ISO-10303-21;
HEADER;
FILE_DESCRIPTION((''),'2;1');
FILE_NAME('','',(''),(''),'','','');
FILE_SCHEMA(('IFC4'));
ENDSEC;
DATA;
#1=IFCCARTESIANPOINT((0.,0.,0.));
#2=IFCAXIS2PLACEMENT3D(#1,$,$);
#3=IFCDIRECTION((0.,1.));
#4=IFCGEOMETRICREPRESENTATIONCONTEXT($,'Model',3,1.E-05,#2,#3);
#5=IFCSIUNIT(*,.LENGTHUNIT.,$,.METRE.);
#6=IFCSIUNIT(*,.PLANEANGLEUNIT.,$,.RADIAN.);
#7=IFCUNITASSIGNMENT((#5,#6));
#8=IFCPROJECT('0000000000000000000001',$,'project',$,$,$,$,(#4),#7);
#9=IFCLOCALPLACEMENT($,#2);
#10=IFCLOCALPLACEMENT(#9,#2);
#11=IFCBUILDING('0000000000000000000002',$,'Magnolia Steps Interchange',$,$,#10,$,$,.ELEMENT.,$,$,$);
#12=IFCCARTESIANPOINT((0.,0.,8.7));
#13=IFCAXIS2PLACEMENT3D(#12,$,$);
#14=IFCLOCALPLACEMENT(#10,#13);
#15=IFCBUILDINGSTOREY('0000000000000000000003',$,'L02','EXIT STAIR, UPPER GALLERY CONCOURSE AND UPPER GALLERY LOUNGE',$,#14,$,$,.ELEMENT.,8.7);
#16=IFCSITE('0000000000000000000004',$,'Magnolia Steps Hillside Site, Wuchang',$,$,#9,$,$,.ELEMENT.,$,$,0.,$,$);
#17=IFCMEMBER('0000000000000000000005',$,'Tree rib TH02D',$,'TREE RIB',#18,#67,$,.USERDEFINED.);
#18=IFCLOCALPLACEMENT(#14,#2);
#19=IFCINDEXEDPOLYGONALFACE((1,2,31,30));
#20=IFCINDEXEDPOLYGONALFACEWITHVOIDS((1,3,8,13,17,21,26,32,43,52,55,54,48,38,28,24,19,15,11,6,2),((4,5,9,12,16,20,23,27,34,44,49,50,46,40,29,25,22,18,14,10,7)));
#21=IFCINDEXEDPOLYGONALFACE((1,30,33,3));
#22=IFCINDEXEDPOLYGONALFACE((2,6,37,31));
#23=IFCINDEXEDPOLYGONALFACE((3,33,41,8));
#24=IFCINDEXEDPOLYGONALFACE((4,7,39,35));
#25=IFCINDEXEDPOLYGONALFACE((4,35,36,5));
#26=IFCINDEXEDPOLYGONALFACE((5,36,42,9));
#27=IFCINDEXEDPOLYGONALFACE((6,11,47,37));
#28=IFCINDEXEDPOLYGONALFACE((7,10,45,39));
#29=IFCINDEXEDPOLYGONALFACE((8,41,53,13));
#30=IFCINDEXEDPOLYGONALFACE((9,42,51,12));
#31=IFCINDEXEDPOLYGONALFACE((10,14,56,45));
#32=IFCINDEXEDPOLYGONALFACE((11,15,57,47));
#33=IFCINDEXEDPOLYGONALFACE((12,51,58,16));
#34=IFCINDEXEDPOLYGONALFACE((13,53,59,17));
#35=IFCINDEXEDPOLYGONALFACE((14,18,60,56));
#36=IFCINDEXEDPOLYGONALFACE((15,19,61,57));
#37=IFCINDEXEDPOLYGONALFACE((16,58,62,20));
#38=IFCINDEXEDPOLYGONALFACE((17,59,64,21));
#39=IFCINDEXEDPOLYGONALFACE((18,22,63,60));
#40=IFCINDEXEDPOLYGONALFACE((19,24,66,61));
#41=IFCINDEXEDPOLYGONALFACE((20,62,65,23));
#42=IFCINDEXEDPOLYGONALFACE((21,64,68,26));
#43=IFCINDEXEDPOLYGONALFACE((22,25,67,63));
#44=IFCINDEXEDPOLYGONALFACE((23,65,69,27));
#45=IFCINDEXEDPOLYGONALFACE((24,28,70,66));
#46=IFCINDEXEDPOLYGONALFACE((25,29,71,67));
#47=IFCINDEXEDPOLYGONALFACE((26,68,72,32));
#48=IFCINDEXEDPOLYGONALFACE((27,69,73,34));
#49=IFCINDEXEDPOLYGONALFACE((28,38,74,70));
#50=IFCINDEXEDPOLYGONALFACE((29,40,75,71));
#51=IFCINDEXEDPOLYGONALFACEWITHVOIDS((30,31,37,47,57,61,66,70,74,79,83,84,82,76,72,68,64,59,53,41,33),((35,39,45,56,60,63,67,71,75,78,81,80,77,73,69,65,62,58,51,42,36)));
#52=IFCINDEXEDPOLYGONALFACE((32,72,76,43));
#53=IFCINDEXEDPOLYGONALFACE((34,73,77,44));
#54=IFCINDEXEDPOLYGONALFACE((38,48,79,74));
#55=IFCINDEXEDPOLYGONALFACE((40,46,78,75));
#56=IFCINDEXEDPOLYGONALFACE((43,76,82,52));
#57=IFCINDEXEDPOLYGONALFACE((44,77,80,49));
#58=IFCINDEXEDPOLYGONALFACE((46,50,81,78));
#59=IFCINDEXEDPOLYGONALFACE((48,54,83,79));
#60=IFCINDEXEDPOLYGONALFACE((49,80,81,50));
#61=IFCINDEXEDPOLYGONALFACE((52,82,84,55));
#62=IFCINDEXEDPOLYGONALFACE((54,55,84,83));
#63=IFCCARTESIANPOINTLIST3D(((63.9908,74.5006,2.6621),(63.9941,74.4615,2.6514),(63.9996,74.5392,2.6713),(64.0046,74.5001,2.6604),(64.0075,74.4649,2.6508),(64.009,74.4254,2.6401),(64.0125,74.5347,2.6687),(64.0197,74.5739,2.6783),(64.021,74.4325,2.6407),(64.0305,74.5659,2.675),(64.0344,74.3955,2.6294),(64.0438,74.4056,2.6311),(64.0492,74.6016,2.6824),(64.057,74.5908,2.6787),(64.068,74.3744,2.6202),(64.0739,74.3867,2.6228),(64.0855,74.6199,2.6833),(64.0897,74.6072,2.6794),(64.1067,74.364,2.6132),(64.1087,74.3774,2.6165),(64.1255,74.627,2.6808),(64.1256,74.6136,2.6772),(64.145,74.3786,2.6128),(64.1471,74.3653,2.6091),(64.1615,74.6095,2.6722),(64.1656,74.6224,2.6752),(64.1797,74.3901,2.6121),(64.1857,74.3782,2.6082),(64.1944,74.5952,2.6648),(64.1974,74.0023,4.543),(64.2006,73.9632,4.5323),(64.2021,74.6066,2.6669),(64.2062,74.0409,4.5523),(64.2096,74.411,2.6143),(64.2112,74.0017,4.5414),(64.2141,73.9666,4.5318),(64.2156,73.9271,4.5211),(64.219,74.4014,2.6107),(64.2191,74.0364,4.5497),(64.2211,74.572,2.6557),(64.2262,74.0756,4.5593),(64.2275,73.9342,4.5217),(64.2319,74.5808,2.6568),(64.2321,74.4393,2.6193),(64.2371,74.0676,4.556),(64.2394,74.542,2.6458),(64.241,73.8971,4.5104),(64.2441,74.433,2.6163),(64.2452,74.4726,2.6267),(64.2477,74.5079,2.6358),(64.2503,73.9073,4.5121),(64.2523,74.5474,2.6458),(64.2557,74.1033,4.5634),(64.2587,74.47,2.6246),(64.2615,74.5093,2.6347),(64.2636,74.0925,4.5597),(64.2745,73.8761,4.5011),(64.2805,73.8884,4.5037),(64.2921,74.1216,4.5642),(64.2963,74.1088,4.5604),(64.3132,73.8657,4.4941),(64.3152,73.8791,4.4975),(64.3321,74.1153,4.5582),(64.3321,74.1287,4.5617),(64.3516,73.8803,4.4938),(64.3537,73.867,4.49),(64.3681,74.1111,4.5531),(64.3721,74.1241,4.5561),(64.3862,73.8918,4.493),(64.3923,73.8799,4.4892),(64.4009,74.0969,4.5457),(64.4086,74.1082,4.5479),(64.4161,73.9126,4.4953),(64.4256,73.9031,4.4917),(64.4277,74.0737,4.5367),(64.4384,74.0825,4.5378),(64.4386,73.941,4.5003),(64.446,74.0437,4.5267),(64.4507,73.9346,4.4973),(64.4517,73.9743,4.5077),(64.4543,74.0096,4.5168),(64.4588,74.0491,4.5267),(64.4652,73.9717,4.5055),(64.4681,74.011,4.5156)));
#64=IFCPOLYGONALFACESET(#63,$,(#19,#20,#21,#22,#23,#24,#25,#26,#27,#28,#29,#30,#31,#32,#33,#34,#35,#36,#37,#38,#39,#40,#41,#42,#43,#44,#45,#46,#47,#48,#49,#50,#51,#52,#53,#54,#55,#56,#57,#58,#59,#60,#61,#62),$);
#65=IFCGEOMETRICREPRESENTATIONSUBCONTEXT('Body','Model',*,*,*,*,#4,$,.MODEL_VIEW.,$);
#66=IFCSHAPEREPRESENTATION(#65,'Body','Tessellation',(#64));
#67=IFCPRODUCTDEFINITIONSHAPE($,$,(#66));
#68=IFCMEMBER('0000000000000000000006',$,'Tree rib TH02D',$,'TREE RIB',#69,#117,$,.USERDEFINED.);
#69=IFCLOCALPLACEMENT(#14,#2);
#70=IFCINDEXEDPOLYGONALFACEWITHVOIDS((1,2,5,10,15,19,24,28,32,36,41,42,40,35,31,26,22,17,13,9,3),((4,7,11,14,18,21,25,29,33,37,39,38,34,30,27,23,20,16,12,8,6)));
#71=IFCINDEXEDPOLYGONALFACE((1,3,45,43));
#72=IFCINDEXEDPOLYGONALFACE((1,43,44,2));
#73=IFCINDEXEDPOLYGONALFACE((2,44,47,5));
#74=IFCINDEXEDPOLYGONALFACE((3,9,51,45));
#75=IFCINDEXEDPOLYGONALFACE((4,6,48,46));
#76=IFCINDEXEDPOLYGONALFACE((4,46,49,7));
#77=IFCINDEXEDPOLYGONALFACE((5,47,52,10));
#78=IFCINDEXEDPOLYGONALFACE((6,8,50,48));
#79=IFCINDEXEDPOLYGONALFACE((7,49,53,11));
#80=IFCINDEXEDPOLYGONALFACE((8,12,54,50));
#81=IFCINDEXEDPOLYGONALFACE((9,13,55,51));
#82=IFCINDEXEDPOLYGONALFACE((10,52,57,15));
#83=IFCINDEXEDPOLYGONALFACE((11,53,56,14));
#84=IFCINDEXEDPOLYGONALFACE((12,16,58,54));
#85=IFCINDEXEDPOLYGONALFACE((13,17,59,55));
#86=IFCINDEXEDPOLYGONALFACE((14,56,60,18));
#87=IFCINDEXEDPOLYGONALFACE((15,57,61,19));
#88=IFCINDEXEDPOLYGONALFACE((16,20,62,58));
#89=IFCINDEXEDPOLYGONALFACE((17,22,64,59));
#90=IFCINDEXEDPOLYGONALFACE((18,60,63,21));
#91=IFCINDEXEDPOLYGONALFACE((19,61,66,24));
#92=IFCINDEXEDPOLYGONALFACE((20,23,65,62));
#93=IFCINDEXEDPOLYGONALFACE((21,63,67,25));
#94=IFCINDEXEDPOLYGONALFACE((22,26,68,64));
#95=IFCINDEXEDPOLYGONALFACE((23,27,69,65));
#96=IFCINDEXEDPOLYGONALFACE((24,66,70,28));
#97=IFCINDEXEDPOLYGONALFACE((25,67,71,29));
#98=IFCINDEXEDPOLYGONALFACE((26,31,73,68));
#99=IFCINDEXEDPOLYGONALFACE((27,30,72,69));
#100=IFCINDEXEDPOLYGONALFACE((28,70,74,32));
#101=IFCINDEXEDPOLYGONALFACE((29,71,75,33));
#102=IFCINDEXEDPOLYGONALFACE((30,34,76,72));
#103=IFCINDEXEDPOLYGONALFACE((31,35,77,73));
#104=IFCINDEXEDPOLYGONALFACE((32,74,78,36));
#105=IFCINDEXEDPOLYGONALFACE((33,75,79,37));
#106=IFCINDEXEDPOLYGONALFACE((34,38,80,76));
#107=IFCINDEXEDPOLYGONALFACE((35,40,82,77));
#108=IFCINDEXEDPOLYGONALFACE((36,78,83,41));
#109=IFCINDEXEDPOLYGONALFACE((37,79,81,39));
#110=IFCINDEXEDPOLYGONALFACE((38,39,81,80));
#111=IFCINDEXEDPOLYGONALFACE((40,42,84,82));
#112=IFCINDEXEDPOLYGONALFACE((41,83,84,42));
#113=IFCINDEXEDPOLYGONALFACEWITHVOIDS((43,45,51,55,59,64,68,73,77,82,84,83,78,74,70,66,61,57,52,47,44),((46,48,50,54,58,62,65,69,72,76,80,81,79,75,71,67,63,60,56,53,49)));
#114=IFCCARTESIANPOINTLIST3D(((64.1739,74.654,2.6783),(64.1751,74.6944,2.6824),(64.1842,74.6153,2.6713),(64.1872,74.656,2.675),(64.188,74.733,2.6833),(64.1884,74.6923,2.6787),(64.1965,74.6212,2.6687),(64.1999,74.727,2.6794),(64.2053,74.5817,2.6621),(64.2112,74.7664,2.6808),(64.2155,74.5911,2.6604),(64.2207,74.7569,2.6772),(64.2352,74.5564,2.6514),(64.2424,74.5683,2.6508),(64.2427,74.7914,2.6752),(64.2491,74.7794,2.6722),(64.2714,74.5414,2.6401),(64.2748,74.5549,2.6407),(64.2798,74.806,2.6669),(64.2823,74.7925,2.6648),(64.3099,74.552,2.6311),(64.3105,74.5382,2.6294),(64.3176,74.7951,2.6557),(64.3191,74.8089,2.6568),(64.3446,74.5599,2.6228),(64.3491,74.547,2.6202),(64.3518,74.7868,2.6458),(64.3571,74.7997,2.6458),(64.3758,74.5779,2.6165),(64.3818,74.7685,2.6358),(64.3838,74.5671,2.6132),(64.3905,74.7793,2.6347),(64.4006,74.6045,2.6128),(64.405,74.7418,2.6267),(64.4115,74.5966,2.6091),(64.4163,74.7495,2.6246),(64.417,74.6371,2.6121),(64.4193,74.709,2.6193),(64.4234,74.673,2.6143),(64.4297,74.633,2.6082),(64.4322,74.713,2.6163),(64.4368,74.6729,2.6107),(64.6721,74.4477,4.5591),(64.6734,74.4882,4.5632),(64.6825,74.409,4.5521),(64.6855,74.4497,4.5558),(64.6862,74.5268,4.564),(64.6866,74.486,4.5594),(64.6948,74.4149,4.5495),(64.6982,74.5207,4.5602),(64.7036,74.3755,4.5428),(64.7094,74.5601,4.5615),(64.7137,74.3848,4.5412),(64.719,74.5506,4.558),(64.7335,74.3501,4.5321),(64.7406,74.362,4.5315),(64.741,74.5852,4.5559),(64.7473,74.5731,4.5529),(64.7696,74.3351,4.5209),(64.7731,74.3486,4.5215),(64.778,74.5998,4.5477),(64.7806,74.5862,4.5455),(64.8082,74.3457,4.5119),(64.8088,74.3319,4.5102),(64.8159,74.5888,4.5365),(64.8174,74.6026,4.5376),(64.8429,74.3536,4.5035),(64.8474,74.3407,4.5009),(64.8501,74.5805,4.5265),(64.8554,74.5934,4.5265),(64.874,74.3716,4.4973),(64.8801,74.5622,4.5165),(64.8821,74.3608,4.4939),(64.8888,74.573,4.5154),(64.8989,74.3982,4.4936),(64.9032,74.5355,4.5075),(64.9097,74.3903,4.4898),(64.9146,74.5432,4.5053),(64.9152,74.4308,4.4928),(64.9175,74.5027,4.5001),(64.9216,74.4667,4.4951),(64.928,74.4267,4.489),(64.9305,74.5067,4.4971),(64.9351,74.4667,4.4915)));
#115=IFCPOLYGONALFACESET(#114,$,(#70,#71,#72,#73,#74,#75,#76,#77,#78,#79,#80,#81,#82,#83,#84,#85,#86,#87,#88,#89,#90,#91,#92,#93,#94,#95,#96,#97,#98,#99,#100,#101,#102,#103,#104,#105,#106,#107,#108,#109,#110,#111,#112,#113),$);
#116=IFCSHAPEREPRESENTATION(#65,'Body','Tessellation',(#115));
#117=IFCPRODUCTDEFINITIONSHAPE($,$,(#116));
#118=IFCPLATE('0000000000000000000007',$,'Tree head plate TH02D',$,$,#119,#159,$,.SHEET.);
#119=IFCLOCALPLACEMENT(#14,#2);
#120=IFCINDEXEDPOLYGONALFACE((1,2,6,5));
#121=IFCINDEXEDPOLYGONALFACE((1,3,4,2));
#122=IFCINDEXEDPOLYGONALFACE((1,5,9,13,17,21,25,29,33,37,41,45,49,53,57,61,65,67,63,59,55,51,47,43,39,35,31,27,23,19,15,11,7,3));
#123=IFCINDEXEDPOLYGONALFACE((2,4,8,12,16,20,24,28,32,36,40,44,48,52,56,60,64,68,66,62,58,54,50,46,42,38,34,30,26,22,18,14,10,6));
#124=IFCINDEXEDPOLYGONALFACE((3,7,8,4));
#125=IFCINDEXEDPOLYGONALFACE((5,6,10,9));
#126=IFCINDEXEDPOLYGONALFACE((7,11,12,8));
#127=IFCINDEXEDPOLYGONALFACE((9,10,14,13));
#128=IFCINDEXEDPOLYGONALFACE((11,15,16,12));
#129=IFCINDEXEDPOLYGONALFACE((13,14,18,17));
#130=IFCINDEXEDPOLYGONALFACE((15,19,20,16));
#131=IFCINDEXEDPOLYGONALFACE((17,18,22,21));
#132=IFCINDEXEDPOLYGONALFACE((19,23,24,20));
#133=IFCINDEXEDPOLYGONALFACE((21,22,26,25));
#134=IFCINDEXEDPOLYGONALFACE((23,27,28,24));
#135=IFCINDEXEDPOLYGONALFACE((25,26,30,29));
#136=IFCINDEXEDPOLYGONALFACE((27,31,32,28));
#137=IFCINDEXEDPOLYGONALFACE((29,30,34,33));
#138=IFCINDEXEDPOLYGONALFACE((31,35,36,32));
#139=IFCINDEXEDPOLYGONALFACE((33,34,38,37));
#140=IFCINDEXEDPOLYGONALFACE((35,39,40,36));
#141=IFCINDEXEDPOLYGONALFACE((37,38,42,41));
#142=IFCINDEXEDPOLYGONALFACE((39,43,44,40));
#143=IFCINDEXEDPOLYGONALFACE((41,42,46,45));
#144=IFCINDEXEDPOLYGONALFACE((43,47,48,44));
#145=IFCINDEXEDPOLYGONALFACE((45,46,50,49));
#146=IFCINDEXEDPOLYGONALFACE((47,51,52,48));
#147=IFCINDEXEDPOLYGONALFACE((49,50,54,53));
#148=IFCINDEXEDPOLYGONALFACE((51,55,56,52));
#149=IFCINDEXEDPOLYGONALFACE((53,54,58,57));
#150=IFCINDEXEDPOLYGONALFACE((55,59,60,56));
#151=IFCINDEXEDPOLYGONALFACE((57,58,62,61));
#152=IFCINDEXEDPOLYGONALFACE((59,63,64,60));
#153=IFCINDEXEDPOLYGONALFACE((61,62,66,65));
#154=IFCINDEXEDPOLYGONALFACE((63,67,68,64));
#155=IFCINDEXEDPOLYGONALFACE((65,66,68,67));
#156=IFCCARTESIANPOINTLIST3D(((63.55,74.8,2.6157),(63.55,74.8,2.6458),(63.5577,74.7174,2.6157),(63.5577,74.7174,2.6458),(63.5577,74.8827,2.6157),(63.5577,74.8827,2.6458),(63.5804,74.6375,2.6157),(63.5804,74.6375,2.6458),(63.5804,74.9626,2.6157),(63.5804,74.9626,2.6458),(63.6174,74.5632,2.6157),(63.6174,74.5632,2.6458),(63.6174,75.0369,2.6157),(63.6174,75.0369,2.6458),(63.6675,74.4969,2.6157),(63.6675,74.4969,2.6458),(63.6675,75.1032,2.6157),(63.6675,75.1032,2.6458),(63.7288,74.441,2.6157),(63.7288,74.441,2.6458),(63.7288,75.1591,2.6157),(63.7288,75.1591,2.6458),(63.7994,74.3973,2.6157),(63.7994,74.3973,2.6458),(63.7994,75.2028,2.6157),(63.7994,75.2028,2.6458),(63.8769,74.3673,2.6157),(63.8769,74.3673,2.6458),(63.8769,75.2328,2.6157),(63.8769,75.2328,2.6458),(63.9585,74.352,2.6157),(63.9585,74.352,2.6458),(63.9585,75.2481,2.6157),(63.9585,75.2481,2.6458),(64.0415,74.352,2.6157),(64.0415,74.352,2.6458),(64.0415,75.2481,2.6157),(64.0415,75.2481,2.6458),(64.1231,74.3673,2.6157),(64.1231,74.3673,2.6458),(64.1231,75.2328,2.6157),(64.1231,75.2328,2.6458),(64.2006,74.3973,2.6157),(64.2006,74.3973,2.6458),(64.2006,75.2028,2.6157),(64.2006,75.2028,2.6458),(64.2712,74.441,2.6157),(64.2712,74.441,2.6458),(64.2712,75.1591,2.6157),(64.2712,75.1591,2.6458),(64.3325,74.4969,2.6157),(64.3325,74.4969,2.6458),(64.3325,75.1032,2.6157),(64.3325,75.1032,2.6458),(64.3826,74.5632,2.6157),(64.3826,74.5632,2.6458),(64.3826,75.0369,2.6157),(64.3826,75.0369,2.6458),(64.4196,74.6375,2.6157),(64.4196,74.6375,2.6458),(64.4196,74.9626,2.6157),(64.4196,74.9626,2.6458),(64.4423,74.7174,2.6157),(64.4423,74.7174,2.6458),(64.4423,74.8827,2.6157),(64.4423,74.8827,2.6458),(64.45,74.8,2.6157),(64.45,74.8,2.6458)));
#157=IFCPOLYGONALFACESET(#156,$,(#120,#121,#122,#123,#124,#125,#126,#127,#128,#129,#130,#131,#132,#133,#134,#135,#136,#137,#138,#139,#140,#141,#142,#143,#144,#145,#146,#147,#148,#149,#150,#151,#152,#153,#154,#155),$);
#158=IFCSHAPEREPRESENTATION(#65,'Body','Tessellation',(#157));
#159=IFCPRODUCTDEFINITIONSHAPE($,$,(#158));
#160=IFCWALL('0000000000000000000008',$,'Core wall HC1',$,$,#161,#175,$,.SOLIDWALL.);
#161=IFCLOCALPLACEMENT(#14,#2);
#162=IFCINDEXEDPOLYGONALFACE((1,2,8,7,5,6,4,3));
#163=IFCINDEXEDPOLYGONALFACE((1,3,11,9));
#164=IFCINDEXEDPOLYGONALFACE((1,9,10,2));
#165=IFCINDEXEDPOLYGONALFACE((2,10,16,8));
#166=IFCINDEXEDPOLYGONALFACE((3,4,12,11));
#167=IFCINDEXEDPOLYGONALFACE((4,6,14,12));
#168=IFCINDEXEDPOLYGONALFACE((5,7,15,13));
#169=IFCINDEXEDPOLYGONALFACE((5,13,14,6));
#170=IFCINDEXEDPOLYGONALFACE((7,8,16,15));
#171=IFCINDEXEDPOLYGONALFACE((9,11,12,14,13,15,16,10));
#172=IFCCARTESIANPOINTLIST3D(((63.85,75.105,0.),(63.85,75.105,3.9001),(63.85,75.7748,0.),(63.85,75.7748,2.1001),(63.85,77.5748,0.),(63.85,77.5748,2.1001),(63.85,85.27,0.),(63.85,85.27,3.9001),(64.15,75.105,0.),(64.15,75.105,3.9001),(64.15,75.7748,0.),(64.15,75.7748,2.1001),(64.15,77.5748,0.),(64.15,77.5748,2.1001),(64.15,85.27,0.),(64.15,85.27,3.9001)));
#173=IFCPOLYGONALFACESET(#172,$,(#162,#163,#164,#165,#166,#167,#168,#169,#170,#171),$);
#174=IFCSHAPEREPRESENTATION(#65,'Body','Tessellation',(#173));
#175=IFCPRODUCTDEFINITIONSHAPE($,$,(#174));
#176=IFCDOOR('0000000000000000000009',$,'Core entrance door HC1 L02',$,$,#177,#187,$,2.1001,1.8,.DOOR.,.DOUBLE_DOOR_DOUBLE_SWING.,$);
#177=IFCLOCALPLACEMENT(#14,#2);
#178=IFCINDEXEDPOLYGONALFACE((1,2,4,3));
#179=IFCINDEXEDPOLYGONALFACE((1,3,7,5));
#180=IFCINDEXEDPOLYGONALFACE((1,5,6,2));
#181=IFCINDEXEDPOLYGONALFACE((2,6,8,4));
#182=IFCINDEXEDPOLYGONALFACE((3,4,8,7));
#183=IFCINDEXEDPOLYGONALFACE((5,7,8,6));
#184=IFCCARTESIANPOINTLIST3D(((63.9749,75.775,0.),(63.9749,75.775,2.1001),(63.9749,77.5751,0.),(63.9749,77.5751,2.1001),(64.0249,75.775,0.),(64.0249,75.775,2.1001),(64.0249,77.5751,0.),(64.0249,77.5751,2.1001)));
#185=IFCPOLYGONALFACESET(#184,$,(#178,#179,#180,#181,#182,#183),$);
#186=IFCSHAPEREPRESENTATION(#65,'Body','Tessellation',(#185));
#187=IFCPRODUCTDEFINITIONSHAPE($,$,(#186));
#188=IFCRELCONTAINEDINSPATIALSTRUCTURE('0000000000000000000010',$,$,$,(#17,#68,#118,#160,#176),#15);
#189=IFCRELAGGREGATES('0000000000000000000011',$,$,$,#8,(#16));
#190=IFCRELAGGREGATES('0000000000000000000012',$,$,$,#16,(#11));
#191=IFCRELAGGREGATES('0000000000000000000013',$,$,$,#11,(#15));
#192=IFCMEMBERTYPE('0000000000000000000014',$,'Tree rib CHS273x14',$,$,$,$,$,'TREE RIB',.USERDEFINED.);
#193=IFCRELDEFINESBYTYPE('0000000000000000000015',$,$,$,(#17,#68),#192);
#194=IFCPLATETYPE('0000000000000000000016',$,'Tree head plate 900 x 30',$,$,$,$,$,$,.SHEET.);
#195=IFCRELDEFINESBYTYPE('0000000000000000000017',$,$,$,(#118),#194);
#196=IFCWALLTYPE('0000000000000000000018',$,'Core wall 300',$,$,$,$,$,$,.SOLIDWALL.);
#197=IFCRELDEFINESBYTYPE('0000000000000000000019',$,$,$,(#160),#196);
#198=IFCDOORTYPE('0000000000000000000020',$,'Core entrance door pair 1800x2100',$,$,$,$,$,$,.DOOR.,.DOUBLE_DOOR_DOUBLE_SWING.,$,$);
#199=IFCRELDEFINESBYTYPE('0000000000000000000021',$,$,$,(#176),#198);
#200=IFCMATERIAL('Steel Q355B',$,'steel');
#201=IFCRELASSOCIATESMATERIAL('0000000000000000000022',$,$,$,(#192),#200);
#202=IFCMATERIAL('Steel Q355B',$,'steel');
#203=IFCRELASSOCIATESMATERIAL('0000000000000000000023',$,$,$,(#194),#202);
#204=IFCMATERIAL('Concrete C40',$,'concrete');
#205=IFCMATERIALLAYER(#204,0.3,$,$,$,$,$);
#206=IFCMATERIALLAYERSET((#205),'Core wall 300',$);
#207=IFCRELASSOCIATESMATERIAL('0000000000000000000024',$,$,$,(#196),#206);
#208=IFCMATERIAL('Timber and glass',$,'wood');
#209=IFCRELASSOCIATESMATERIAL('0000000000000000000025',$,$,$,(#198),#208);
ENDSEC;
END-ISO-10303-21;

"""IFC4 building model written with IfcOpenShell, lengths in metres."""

from ifc_helpers import new_model, si_unit, direction, frame, frame_2d, origin, origin_2d, place, context, subcontext, project, spatial, rectangle, circle, hollow_circle, extrude, material, layer, layer_set, material_profile, profile_set, type_object, element, fill, save


model = new_model("IFC4")

# Units and contexts
model_context = context("Model", 3, precision=1e-05, world=origin(), true_north=direction((0.0, 1.0)))
body_context = subcontext(model_context, "Body", "Model", "MODEL_VIEW")
ifc_project = project(units=[si_unit("LENGTHUNIT", "METRE"), si_unit("PLANEANGLEUNIT", "RADIAN")], contexts=[model_context])

# Site, building, storey
site_placement = place(None, origin())
site = spatial("IfcSite", under=ifc_project, at=site_placement, Name="Magnolia Steps Hillside Site, Wuchang", CompositionType="ELEMENT", RefElevation=0.0)
building_placement = place(site_placement, origin())
building = spatial("IfcBuilding", under=site, at=building_placement, Name="Magnolia Steps Interchange", CompositionType="ELEMENT")
storey_placement = place(building_placement, frame((0.0, 0.0, 8.7)))
storey = spatial("IfcBuildingStorey", under=building, at=storey_placement, Name="L02", Description="EXIT STAIR, UPPER GALLERY CONCOURSE AND UPPER GALLERY LOUNGE", CompositionType="ELEMENT", Elevation=8.7)

# Members
ifc_material_1 = material(Name="Steel Q355B", Category="steel")
ifc_material_profile_1 = material_profile(ifc_material_1, hollow_circle(Radius=0.1365, WallThickness=0.0139, at=origin_2d()), Name="CHS273x14")
ifc_profile_set_1 = profile_set([ifc_material_profile_1], Name="Steel Q355B")
member_type_1 = type_object("IfcMemberType", Name="Tree rib CHS273x14", ElementType="TREE RIB", PredefinedType="USERDEFINED", material=ifc_profile_set_1)
for number, where, z_axis, x_axis, name in (
    (1, (64.1262, 74.4951, 2.6458), (0.105558, -0.254662, 0.961252), (0.923785, 0.382911, 0.0), "Tree rib TH02D"),
):
    element("IfcMember", number, at=place(storey_placement, frame(where, z_axis=z_axis, x_axis=x_axis)), inside=storey, type_object=member_type_1, Name=name, ObjectType="TREE RIB", PredefinedType="USERDEFINED", context=body_context, shape_type="SweptSolid", body=[
        extrude(hollow_circle(Radius=0.1365, WallThickness=0.0139, at=origin_2d()), origin(), (0.0, 0.0, 1.0), 1.9568),
    ])
member_1_placement = place(storey_placement, frame((64.3049, 74.6736, 2.6458), z_axis=(0.254665, -0.105435, 0.961264), x_axis=(0.382525, 0.923945, 0.0)))
element("IfcMember", 2, at=member_1_placement, inside=storey, type_object=member_type_1, Name="Tree rib TH02D", ObjectType="TREE RIB", PredefinedType="USERDEFINED", context=body_context, shape_type="SweptSolid", body=[
    extrude(hollow_circle(Radius=0.1365, WallThickness=0.0139, at=origin_2d()), origin(), (0.0, 0.0, 1.0), 1.9565),
])

# Plate
ifc_material_2 = material(Name="Steel Q355B", Category="steel")
ifc_material_profile_2 = material_profile(ifc_material_2, circle(Radius=0.45, at=origin_2d()), Name="Tree head plate 900 x 30")
ifc_profile_set_2 = profile_set([ifc_material_profile_2], Name="Steel Q355B")
plate_type = type_object("IfcPlateType", Name="Tree head plate 900 x 30", PredefinedType="SHEET", material=ifc_profile_set_2)
plate_placement = place(storey_placement, frame((64.0, 74.8, 2.6157), z_axis=(0.0, 0.0, 1.0), x_axis=(1.0, 0.0, 0.0)))
element("IfcPlate", 3, at=plate_placement, inside=storey, type_object=plate_type, Name="Tree head plate TH02D", PredefinedType="SHEET", context=body_context, shape_type="SweptSolid", body=[
    extrude(circle(Radius=0.45, at=origin_2d()), origin(), (0.0, 0.0, 1.0), 0.03),
])

# Wall, opening, door
ifc_material_3 = material(Name="Concrete C40", Category="concrete")
ifc_layer_1 = layer(ifc_material_3, 0.3)
ifc_layer_set_1 = layer_set([ifc_layer_1], Name="Core wall 300")
wall_type_1 = type_object("IfcWallType", Name="Core wall 300", PredefinedType="SOLIDWALL", material=ifc_layer_set_1)
wall_1_placement = place(storey_placement, frame((64.0, 75.105, 0.0), z_axis=(0.0, 0.0, 1.0), x_axis=(0.0, 1.0, 0.0)))
wall_1 = element("IfcWall", 4, at=wall_1_placement, inside=storey, type_object=wall_type_1, Name="Core wall HC1", PredefinedType="SOLIDWALL", context=body_context, shape_type="SweptSolid", body=[
    extrude(rectangle(XDim=10.165, YDim=0.3, at=frame_2d((5.0825, 0.0))), origin(), (0.0, 0.0, 1.0), 3.9001),
])
opening_1_placement = place(wall_1_placement, frame((0.6699, 0.0, 0.0)))
opening_1 = element("IfcOpeningElement", 5, at=opening_1_placement, cuts=wall_1, PredefinedType="OPENING", context=body_context, shape_type="SweptSolid", body=[
    extrude(rectangle(XDim=1.8, YDim=2.1001, at=frame_2d((0.8999, 1.05))), frame((0.0, 0.1599, 0.0), z_axis=(0.0, -1.0, 0.0), x_axis=(1.0, 0.0, 0.0)), (0.0, 0.0, 1.0), 0.3201),
])
ifc_material_4 = material(Name="Timber and glass", Category="wood")
door_type_1 = type_object("IfcDoorType", Name="Core entrance door pair 1800x2100", OperationType="DOUBLE_DOOR_DOUBLE_SWING", PredefinedType="DOOR", material=ifc_material_4)
door_1_placement = place(opening_1_placement, frame((1.8, 0.0, 0.0), z_axis=(0.0, 0.0, 1.0), x_axis=(-1.0, 0.0, 0.0)))
door_1 = element("IfcDoor", 6, at=door_1_placement, inside=storey, type_object=door_type_1, Name="Core entrance door HC1 L02", OperationType="DOUBLE_DOOR_DOUBLE_SWING", OverallHeight=2.1001, OverallWidth=1.8, PredefinedType="DOOR", context=body_context, shape_type="SweptSolid", body=[
    extrude(rectangle(XDim=1.8, YDim=2.1001, at=frame_2d((0.8999, 1.05))), frame((0.0, 0.0249, 0.0), z_axis=(0.0, -1.0, 0.0), x_axis=(1.0, 0.0, 0.0)), (0.0, 0.0, 1.0), 0.05),
])
fill(opening_1, door_1)

save(model, "model.ifc")
